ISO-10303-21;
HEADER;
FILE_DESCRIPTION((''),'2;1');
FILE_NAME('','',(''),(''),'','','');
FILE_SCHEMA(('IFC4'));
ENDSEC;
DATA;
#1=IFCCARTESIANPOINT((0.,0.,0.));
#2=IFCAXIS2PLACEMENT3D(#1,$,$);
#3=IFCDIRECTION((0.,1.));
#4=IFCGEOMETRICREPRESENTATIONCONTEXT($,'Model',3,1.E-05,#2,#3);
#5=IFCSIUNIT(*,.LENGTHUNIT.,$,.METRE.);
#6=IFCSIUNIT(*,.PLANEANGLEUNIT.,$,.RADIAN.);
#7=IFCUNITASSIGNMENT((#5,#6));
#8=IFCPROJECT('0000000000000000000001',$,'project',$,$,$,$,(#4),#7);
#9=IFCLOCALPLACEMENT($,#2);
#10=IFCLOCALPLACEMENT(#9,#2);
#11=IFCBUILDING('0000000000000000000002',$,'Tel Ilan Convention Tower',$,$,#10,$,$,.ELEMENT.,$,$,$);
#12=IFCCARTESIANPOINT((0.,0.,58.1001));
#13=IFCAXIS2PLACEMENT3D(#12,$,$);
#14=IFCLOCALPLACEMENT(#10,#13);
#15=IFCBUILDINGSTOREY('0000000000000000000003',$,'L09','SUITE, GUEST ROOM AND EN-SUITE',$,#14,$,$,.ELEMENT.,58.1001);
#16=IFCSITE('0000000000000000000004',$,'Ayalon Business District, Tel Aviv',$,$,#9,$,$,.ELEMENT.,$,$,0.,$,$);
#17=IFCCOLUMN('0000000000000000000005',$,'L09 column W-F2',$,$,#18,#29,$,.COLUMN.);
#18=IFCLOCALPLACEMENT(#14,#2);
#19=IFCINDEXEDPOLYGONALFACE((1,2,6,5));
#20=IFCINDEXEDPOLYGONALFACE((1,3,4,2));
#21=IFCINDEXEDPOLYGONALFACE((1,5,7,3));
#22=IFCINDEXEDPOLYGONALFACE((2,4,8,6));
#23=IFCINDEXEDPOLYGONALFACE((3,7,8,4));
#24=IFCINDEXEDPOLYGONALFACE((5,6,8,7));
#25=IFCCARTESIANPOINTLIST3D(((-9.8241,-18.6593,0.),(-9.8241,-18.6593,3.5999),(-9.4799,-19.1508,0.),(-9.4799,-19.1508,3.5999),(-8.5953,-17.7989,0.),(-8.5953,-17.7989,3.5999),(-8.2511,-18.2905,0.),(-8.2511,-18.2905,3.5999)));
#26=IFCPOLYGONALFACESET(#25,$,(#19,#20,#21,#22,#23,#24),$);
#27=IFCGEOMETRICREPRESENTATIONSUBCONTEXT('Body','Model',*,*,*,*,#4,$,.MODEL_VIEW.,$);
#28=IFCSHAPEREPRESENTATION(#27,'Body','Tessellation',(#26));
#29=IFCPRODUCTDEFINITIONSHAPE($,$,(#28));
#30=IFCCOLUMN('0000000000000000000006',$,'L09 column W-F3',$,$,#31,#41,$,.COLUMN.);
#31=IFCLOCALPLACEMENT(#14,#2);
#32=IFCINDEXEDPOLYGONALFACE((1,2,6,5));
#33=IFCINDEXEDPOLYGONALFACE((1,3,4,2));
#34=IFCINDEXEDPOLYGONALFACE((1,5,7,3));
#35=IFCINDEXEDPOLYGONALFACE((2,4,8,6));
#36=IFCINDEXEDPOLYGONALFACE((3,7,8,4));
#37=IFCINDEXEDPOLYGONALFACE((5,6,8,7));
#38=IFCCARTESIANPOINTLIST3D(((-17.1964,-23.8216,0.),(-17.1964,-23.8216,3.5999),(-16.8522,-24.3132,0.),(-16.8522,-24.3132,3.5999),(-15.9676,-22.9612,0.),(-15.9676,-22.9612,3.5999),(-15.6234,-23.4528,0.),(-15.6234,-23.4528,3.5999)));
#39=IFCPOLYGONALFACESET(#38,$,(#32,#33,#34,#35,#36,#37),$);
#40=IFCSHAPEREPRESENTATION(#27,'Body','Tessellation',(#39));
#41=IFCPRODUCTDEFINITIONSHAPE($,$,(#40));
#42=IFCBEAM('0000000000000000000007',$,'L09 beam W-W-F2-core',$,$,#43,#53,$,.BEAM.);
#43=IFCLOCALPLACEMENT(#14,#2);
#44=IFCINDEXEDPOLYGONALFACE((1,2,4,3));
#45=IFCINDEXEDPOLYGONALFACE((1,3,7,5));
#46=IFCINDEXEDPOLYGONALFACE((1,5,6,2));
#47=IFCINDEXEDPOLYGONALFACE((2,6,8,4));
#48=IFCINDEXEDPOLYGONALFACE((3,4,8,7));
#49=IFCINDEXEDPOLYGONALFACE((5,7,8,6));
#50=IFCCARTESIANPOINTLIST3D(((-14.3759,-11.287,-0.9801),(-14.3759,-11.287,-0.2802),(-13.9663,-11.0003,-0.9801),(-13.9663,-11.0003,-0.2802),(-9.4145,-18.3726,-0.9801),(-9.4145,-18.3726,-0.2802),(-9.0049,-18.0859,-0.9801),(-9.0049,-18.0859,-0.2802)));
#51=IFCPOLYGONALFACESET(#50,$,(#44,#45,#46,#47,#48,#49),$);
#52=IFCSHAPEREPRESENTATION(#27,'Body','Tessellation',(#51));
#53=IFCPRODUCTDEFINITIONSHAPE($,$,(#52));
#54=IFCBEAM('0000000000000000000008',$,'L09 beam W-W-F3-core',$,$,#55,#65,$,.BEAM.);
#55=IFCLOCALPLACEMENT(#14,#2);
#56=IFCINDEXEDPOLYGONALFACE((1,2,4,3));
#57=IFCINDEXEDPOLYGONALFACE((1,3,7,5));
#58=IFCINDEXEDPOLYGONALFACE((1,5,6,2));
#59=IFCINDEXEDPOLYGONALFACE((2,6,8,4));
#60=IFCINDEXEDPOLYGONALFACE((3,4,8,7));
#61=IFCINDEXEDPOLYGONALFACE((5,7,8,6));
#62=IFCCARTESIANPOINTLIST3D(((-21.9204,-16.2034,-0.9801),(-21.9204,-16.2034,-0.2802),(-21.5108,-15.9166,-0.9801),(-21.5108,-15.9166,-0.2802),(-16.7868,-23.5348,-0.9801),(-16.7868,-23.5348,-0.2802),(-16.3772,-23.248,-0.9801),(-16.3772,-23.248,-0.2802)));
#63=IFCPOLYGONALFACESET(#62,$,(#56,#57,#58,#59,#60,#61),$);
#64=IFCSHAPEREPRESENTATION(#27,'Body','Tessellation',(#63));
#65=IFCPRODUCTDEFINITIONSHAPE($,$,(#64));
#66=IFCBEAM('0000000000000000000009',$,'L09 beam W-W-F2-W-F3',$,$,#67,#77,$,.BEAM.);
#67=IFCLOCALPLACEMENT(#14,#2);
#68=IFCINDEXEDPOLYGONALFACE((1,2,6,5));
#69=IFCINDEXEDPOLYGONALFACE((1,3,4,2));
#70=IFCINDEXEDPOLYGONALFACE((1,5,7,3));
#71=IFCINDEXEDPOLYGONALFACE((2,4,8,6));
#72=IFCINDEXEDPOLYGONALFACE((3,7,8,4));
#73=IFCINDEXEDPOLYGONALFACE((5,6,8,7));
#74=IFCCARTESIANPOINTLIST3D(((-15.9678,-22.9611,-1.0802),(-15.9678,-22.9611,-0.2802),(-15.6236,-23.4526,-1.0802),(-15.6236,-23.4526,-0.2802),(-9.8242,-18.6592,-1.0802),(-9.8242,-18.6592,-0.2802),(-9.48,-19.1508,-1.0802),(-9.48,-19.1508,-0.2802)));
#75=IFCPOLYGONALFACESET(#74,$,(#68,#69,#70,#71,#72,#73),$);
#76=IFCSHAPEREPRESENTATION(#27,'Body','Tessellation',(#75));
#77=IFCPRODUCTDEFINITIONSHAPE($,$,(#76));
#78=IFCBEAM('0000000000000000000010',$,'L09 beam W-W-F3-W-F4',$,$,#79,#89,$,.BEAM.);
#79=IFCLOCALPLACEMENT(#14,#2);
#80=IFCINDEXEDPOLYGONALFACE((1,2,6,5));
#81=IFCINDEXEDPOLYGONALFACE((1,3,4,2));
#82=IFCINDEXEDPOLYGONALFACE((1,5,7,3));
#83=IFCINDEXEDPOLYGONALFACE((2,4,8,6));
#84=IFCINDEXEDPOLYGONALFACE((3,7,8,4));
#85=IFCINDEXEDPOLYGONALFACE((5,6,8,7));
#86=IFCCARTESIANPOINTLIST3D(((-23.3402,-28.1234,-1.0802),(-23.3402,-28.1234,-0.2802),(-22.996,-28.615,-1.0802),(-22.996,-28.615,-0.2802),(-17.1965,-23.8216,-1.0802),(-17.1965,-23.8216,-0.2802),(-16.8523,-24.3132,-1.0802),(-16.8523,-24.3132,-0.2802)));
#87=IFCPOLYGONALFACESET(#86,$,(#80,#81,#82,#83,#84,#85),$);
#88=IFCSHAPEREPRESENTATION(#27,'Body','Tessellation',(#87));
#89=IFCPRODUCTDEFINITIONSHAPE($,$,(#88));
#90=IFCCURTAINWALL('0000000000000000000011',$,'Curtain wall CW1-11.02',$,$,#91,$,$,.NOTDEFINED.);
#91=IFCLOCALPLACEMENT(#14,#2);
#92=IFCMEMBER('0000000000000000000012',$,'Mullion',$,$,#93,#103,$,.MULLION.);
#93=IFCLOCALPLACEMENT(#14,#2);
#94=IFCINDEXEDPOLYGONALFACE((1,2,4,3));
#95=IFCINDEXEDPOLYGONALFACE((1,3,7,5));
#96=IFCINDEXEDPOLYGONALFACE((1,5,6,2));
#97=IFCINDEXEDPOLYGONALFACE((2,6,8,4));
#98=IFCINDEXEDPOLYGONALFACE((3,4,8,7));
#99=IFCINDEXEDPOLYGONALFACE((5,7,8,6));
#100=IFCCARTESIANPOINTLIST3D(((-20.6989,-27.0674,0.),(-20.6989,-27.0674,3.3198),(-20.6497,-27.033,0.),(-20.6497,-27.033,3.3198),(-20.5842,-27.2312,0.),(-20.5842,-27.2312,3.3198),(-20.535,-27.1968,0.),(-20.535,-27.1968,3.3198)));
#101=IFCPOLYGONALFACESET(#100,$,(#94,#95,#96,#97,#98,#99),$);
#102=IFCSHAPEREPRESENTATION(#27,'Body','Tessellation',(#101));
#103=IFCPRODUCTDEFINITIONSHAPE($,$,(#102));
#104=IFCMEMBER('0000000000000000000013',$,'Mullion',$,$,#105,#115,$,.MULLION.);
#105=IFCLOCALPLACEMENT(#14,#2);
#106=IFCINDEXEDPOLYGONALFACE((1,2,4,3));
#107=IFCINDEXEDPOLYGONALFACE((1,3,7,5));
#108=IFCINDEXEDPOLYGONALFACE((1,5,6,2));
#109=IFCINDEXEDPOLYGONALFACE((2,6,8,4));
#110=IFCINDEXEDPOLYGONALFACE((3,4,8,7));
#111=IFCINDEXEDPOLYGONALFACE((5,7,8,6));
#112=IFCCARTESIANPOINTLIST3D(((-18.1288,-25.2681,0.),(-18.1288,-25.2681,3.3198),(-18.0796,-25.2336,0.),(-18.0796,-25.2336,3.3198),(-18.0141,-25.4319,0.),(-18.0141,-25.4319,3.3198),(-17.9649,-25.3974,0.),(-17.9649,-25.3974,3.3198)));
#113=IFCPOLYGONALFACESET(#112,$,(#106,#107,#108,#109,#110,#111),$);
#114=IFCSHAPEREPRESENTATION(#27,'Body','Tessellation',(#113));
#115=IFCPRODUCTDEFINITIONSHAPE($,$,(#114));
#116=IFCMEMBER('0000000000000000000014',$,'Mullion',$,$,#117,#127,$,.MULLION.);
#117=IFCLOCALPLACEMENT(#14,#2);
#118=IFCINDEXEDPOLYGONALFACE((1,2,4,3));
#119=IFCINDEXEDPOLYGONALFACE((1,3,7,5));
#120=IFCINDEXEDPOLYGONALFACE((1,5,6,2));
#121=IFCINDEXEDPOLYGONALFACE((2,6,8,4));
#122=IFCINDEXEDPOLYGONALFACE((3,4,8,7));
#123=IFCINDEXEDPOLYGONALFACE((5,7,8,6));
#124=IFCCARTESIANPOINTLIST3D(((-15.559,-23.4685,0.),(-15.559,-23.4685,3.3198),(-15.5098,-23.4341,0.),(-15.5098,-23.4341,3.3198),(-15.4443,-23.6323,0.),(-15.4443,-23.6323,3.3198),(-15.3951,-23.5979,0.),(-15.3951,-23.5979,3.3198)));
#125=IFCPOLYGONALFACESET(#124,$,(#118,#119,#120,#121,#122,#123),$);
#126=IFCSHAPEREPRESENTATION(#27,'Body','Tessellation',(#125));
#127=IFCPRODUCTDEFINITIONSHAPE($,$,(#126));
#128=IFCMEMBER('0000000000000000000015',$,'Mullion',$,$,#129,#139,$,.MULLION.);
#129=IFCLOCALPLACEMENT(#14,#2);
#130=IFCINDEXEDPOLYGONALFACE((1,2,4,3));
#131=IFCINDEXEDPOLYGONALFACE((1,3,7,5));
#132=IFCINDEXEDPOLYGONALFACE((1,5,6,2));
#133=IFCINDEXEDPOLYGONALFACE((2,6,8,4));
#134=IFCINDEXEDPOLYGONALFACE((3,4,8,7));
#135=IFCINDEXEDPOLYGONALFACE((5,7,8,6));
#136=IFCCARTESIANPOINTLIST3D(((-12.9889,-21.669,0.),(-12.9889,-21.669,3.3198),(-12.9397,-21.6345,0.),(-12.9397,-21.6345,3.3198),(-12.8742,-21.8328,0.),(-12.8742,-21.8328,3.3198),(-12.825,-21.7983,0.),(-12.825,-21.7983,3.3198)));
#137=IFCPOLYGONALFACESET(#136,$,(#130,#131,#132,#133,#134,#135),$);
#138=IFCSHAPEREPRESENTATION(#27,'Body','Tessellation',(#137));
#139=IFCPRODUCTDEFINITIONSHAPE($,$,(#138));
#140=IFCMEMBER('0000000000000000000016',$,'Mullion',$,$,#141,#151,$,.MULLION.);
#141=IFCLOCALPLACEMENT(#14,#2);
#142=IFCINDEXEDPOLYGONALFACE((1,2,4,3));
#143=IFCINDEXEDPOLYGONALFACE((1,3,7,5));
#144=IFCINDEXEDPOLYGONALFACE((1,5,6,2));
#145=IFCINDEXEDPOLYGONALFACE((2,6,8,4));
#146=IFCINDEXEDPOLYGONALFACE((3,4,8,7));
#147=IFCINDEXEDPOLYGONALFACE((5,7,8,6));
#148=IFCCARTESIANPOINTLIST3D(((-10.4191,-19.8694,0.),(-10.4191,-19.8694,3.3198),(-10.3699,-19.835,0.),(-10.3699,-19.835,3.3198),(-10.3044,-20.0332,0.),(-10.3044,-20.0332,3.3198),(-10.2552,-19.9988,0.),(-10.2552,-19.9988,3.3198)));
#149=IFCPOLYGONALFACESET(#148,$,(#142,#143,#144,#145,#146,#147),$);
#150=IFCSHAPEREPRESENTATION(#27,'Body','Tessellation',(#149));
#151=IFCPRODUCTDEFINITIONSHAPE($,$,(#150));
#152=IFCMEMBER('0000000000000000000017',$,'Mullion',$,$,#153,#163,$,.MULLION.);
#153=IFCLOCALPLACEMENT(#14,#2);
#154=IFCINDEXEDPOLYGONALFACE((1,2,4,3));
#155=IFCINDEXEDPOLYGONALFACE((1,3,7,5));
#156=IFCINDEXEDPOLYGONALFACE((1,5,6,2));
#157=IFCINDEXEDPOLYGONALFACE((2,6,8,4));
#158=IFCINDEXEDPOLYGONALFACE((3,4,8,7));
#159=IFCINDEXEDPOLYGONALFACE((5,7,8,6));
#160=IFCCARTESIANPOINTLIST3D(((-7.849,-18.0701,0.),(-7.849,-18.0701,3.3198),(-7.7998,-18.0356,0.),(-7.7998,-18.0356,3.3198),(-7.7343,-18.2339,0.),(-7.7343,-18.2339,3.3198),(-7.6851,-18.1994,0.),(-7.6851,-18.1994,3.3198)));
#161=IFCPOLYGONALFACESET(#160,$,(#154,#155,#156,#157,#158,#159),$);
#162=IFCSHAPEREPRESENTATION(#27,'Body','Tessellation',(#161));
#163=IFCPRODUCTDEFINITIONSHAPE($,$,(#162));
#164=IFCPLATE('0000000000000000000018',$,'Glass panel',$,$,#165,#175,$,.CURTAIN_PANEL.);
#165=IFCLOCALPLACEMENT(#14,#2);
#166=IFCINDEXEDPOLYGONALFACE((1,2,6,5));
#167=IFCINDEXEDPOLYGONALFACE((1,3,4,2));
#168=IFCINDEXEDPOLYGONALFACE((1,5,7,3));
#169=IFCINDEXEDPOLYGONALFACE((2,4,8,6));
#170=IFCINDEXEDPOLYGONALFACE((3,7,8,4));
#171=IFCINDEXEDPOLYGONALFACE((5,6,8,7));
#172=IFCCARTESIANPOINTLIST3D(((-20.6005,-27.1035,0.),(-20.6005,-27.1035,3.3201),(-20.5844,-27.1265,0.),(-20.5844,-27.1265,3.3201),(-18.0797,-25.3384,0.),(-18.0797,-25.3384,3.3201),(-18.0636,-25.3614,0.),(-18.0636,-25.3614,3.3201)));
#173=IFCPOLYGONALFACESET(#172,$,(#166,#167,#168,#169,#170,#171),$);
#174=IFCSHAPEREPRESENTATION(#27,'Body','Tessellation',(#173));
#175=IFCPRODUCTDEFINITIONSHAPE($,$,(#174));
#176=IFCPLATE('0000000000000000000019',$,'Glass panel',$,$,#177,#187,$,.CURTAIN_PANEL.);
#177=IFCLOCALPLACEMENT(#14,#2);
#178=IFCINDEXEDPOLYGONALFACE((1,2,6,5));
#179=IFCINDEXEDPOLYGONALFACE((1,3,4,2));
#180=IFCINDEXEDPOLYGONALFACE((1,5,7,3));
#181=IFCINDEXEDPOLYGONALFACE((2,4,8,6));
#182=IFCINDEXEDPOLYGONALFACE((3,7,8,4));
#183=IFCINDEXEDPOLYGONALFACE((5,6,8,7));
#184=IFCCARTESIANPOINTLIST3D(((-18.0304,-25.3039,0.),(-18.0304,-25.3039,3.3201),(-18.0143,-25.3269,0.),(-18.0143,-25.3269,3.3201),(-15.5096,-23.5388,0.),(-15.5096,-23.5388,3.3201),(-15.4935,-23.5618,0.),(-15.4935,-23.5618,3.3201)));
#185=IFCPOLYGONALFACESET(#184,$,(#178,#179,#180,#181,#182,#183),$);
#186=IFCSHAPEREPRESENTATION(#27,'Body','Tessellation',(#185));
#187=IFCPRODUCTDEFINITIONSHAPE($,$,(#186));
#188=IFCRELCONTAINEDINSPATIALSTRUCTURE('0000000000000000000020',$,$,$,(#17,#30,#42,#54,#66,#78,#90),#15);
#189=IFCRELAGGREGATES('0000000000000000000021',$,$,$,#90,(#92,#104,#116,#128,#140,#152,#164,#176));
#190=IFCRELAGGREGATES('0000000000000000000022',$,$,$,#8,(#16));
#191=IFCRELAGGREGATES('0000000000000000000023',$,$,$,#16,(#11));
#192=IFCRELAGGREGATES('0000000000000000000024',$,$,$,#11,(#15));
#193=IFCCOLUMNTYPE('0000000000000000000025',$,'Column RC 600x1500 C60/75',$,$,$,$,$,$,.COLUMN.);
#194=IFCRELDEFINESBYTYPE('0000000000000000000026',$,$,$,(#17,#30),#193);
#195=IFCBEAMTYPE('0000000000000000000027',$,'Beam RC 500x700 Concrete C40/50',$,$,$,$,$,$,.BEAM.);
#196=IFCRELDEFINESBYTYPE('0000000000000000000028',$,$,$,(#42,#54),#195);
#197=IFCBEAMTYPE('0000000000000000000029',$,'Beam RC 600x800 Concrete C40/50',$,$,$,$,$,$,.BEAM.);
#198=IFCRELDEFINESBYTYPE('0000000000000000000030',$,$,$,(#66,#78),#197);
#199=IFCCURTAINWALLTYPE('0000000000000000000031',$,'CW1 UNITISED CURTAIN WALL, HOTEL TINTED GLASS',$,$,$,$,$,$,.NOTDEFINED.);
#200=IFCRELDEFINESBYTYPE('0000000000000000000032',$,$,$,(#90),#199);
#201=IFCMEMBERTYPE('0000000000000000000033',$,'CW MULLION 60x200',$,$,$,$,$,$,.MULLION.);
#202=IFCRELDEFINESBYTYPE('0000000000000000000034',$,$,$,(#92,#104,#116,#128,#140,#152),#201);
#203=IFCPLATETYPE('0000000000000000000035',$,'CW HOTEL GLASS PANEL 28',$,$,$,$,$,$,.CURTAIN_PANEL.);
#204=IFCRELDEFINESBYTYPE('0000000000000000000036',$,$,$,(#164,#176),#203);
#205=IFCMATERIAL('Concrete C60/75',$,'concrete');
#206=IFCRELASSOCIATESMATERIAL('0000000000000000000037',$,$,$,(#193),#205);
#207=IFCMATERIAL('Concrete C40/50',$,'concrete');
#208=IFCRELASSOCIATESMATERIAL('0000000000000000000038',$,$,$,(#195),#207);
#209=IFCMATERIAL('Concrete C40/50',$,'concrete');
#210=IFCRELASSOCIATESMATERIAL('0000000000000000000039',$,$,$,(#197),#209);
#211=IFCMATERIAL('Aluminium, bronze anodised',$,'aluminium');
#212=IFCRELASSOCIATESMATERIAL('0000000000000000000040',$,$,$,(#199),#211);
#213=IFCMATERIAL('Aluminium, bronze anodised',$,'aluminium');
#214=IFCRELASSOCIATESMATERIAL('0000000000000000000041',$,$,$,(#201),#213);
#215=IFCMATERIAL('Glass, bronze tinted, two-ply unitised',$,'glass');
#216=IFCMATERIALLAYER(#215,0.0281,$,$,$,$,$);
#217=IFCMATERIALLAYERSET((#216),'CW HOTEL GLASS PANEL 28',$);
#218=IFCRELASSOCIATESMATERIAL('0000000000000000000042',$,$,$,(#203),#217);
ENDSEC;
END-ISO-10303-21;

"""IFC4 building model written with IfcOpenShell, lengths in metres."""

from ifc_helpers import new_model, si_unit, direction, frame, origin, origin_2d, place, context, subcontext, project, spatial, rectangle, extrude, material, layer, layer_set, material_profile, profile_set, type_object, element, aggregate, save


model = new_model("IFC4")

# Units and contexts
model_context = context("Model", 3, precision=1e-05, world=origin(), true_north=direction((0.0, 1.0)))
body_context = subcontext(model_context, "Body", "Model", "MODEL_VIEW")
ifc_project = project(units=[si_unit("LENGTHUNIT", "METRE"), si_unit("PLANEANGLEUNIT", "RADIAN")], contexts=[model_context])

# Site, building, storey
site_placement = place(None, origin())
site = spatial("IfcSite", under=ifc_project, at=site_placement, Name="Ayalon Business District, Tel Aviv", CompositionType="ELEMENT", RefElevation=0.0)
building_placement = place(site_placement, origin())
building = spatial("IfcBuilding", under=site, at=building_placement, Name="Tel Ilan Convention Tower", CompositionType="ELEMENT")
storey_placement = place(building_placement, frame((0.0, 0.0, 58.1001)))
storey = spatial("IfcBuildingStorey", under=building, at=storey_placement, Name="L09", Description="SUITE, GUEST ROOM AND EN-SUITE", CompositionType="ELEMENT", Elevation=58.1001)

# Columns
ifc_material_1 = material(Name="Concrete C60/75", Category="concrete")
ifc_material_profile_1 = material_profile(ifc_material_1, rectangle(XDim=1.5, YDim=0.6001, at=origin_2d()), Name="RC 600x1500")
ifc_profile_set_1 = profile_set([ifc_material_profile_1], Name="Concrete C60/75")
column_type = type_object("IfcColumnType", Name="Column RC 600x1500 C60/75", PredefinedType="COLUMN", material=ifc_profile_set_1)
for number, where, z_axis, x_axis, name in (
    (1, (-9.0376, -18.4749, 0.0), (0.0, 0.0, 1.0), (-0.819152, -0.573576, 0.0), "L09 column W-F2"),
    (2, (-16.4099, -23.6372, 0.0), (0.0, 0.0, 1.0), (-0.819152, -0.573576, 0.0), "L09 column W-F3"),
):
    element("IfcColumn", number, at=place(storey_placement, frame(where, z_axis=z_axis, x_axis=x_axis)), inside=storey, type_object=column_type, Name=name, PredefinedType="COLUMN", context=body_context, shape_type="SweptSolid", body=[
        extrude(rectangle(XDim=1.5, YDim=0.6001, at=origin_2d()), origin(), (0.0, 0.0, 1.0), 3.5999),
    ])

# Beams
ifc_material_2 = material(Name="Concrete C40/50", Category="concrete")
ifc_material_profile_2 = material_profile(ifc_material_2, rectangle(XDim=0.5, YDim=0.7, at=origin_2d()), Name="RC 500x700")
ifc_profile_set_2 = profile_set([ifc_material_profile_2], Name="Concrete C40/50")
beam_type_1 = type_object("IfcBeamType", Name="Beam RC 500x700 Concrete C40/50", PredefinedType="BEAM", material=ifc_profile_set_2)
beam_1_placement = place(storey_placement, frame((-9.2097, -18.2292, -0.6301), z_axis=(-0.573574, 0.819154, 0.0), x_axis=(-0.819154, -0.573574, 0.0)))
element("IfcBeam", 3, at=beam_1_placement, inside=storey, type_object=beam_type_1, Name="L09 beam W-W-F2-core", PredefinedType="BEAM", context=body_context, shape_type="SweptSolid", body=[
    extrude(rectangle(XDim=0.5, YDim=0.7, at=origin_2d()), origin(), (0.0, 0.0, 1.0), 8.6499),
])
beam_2_placement = place(storey_placement, frame((-16.582, -23.3914, -0.6301), z_axis=(-0.573585, 0.819146, 0.0), x_axis=(-0.819146, -0.573585, 0.0)))
element("IfcBeam", 4, at=beam_2_placement, inside=storey, type_object=beam_type_1, Name="L09 beam W-W-F3-core", PredefinedType="BEAM", context=body_context, shape_type="SweptSolid", body=[
    extrude(rectangle(XDim=0.5, YDim=0.7, at=origin_2d()), origin(), (0.0, 0.0, 1.0), 8.95),
])
ifc_material_3 = material(Name="Concrete C40/50", Category="concrete")
ifc_material_profile_3 = material_profile(ifc_material_3, rectangle(XDim=0.6001, YDim=0.8, at=origin_2d()), Name="RC 600x800")
ifc_profile_set_3 = profile_set([ifc_material_profile_3], Name="Concrete C40/50")
beam_type_2 = type_object("IfcBeamType", Name="Beam RC 600x800 Concrete C40/50", PredefinedType="BEAM", material=ifc_profile_set_3)
for number, where, z_axis, x_axis, name in (
    (5, (-9.6521, -18.905, -0.6802), (-0.819152, -0.573576, 0.0), (0.573576, -0.819152, 0.0), "L09 beam W-W-F2-W-F3"),
    (6, (-17.0244, -24.0674, -0.6802), (-0.819152, -0.573576, 0.0), (0.573576, -0.819152, 0.0), "L09 beam W-W-F3-W-F4"),
):
    element("IfcBeam", number, at=place(storey_placement, frame(where, z_axis=z_axis, x_axis=x_axis)), inside=storey, type_object=beam_type_2, Name=name, PredefinedType="BEAM", context=body_context, shape_type="SweptSolid", body=[
        extrude(rectangle(XDim=0.6001, YDim=0.8, at=origin_2d()), origin(), (0.0, 0.0, 1.0), 7.5),
    ])

# Curtain wall, members, plates
ifc_material_4 = material(Name="Aluminium, bronze anodised", Category="aluminium")
curtain_wall_type = type_object("IfcCurtainWallType", Name="CW1 UNITISED CURTAIN WALL, HOTEL TINTED GLASS", PredefinedType="NOTDEFINED", material=ifc_material_4)
curtain_wall_placement = place(storey_placement, origin())
curtain_wall = element("IfcCurtainWall", 7, at=curtain_wall_placement, inside=storey, type_object=curtain_wall_type, Name="Curtain wall CW1-11.02", PredefinedType="NOTDEFINED")
ifc_material_5 = material(Name="Aluminium, bronze anodised", Category="aluminium")
ifc_material_profile_4 = material_profile(ifc_material_5, rectangle(XDim=0.0601, YDim=0.2, at=origin_2d()), Name="CW MULLION 60x200")
ifc_profile_set_4 = profile_set([ifc_material_profile_4], Name="Aluminium, bronze anodised")
member_type = type_object("IfcMemberType", Name="CW MULLION 60x200", PredefinedType="MULLION", material=ifc_profile_set_4)
member_1_placement = place(storey_placement, frame((-20.6169, -27.1321, 0.0), z_axis=(0.0, 0.0, 1.0), x_axis=(0.819152, 0.573576, 0.0)))
member_1 = element("IfcMember", 8, at=member_1_placement, type_object=member_type, Name="Mullion", PredefinedType="MULLION", context=body_context, shape_type="SweptSolid", body=[
    extrude(rectangle(XDim=0.0601, YDim=0.2, at=origin_2d()), origin(), (0.0, 0.0, 1.0), 3.3198),
])
member_2_placement = place(storey_placement, frame((-18.0469, -25.3328, 0.0), z_axis=(0.0, 0.0, 1.0), x_axis=(0.819152, 0.573576, 0.0)))
member_2 = element("IfcMember", 9, at=member_2_placement, type_object=member_type, Name="Mullion", PredefinedType="MULLION", context=body_context, shape_type="SweptSolid", body=[
    extrude(rectangle(XDim=0.0601, YDim=0.2, at=origin_2d()), origin(), (0.0, 0.0, 1.0), 3.3198),
])
member_3_placement = place(storey_placement, frame((-15.4771, -23.5332, 0.0), z_axis=(0.0, 0.0, 1.0), x_axis=(0.819152, 0.573576, 0.0)))
member_3 = element("IfcMember", 10, at=member_3_placement, type_object=member_type, Name="Mullion", PredefinedType="MULLION", context=body_context, shape_type="SweptSolid", body=[
    extrude(rectangle(XDim=0.0601, YDim=0.2, at=origin_2d()), origin(), (0.0, 0.0, 1.0), 3.3198),
])
member_4_placement = place(storey_placement, frame((-12.907, -21.7336, 0.0), z_axis=(0.0, 0.0, 1.0), x_axis=(0.819152, 0.573576, 0.0)))
member_4 = element("IfcMember", 11, at=member_4_placement, type_object=member_type, Name="Mullion", PredefinedType="MULLION", context=body_context, shape_type="SweptSolid", body=[
    extrude(rectangle(XDim=0.0601, YDim=0.2, at=origin_2d()), origin(), (0.0, 0.0, 1.0), 3.3198),
])
member_5_placement = place(storey_placement, frame((-10.3372, -19.9341, 0.0), z_axis=(0.0, 0.0, 1.0), x_axis=(0.819152, 0.573576, 0.0)))
member_5 = element("IfcMember", 12, at=member_5_placement, type_object=member_type, Name="Mullion", PredefinedType="MULLION", context=body_context, shape_type="SweptSolid", body=[
    extrude(rectangle(XDim=0.0601, YDim=0.2, at=origin_2d()), origin(), (0.0, 0.0, 1.0), 3.3198),
])
member_6_placement = place(storey_placement, frame((-7.7671, -18.1348, 0.0), z_axis=(0.0, 0.0, 1.0), x_axis=(0.819152, 0.573576, 0.0)))
member_6 = element("IfcMember", 13, at=member_6_placement, type_object=member_type, Name="Mullion", PredefinedType="MULLION", context=body_context, shape_type="SweptSolid", body=[
    extrude(rectangle(XDim=0.0601, YDim=0.2, at=origin_2d()), origin(), (0.0, 0.0, 1.0), 3.3198),
])
ifc_material_6 = material(Name="Glass, bronze tinted, two-ply unitised", Category="glass")
ifc_layer_1 = layer(ifc_material_6, 0.0281)
ifc_layer_set_1 = layer_set([ifc_layer_1], Name="CW HOTEL GLASS PANEL 28")
plate_type = type_object("IfcPlateType", Name="CW HOTEL GLASS PANEL 28", PredefinedType="CURTAIN_PANEL", material=ifc_layer_set_1)
plate_1_placement = place(storey_placement, frame((-19.332, -26.2324, 0.0), z_axis=(0.0, 0.0, 1.0), x_axis=(0.819152, 0.573576, 0.0)))
plate_1 = element("IfcPlate", 14, at=plate_1_placement, type_object=plate_type, Name="Glass panel", PredefinedType="CURTAIN_PANEL", context=body_context, shape_type="SweptSolid", body=[
    extrude(rectangle(XDim=3.0774, YDim=0.0281, at=origin_2d()), origin(), (0.0, 0.0, 1.0), 3.3201),
])
plate_2_placement = place(storey_placement, frame((-16.762, -24.4329, 0.0), z_axis=(0.0, 0.0, 1.0), x_axis=(0.819152, 0.573576, 0.0)))
plate_2 = element("IfcPlate", 15, at=plate_2_placement, type_object=plate_type, Name="Glass panel", PredefinedType="CURTAIN_PANEL", context=body_context, shape_type="SweptSolid", body=[
    extrude(rectangle(XDim=3.0774, YDim=0.0281, at=origin_2d()), origin(), (0.0, 0.0, 1.0), 3.3201),
])
aggregate(curtain_wall, [member_1, member_2, member_3, member_4, member_5, member_6, plate_1, plate_2])

save(model, "model.ifc")
